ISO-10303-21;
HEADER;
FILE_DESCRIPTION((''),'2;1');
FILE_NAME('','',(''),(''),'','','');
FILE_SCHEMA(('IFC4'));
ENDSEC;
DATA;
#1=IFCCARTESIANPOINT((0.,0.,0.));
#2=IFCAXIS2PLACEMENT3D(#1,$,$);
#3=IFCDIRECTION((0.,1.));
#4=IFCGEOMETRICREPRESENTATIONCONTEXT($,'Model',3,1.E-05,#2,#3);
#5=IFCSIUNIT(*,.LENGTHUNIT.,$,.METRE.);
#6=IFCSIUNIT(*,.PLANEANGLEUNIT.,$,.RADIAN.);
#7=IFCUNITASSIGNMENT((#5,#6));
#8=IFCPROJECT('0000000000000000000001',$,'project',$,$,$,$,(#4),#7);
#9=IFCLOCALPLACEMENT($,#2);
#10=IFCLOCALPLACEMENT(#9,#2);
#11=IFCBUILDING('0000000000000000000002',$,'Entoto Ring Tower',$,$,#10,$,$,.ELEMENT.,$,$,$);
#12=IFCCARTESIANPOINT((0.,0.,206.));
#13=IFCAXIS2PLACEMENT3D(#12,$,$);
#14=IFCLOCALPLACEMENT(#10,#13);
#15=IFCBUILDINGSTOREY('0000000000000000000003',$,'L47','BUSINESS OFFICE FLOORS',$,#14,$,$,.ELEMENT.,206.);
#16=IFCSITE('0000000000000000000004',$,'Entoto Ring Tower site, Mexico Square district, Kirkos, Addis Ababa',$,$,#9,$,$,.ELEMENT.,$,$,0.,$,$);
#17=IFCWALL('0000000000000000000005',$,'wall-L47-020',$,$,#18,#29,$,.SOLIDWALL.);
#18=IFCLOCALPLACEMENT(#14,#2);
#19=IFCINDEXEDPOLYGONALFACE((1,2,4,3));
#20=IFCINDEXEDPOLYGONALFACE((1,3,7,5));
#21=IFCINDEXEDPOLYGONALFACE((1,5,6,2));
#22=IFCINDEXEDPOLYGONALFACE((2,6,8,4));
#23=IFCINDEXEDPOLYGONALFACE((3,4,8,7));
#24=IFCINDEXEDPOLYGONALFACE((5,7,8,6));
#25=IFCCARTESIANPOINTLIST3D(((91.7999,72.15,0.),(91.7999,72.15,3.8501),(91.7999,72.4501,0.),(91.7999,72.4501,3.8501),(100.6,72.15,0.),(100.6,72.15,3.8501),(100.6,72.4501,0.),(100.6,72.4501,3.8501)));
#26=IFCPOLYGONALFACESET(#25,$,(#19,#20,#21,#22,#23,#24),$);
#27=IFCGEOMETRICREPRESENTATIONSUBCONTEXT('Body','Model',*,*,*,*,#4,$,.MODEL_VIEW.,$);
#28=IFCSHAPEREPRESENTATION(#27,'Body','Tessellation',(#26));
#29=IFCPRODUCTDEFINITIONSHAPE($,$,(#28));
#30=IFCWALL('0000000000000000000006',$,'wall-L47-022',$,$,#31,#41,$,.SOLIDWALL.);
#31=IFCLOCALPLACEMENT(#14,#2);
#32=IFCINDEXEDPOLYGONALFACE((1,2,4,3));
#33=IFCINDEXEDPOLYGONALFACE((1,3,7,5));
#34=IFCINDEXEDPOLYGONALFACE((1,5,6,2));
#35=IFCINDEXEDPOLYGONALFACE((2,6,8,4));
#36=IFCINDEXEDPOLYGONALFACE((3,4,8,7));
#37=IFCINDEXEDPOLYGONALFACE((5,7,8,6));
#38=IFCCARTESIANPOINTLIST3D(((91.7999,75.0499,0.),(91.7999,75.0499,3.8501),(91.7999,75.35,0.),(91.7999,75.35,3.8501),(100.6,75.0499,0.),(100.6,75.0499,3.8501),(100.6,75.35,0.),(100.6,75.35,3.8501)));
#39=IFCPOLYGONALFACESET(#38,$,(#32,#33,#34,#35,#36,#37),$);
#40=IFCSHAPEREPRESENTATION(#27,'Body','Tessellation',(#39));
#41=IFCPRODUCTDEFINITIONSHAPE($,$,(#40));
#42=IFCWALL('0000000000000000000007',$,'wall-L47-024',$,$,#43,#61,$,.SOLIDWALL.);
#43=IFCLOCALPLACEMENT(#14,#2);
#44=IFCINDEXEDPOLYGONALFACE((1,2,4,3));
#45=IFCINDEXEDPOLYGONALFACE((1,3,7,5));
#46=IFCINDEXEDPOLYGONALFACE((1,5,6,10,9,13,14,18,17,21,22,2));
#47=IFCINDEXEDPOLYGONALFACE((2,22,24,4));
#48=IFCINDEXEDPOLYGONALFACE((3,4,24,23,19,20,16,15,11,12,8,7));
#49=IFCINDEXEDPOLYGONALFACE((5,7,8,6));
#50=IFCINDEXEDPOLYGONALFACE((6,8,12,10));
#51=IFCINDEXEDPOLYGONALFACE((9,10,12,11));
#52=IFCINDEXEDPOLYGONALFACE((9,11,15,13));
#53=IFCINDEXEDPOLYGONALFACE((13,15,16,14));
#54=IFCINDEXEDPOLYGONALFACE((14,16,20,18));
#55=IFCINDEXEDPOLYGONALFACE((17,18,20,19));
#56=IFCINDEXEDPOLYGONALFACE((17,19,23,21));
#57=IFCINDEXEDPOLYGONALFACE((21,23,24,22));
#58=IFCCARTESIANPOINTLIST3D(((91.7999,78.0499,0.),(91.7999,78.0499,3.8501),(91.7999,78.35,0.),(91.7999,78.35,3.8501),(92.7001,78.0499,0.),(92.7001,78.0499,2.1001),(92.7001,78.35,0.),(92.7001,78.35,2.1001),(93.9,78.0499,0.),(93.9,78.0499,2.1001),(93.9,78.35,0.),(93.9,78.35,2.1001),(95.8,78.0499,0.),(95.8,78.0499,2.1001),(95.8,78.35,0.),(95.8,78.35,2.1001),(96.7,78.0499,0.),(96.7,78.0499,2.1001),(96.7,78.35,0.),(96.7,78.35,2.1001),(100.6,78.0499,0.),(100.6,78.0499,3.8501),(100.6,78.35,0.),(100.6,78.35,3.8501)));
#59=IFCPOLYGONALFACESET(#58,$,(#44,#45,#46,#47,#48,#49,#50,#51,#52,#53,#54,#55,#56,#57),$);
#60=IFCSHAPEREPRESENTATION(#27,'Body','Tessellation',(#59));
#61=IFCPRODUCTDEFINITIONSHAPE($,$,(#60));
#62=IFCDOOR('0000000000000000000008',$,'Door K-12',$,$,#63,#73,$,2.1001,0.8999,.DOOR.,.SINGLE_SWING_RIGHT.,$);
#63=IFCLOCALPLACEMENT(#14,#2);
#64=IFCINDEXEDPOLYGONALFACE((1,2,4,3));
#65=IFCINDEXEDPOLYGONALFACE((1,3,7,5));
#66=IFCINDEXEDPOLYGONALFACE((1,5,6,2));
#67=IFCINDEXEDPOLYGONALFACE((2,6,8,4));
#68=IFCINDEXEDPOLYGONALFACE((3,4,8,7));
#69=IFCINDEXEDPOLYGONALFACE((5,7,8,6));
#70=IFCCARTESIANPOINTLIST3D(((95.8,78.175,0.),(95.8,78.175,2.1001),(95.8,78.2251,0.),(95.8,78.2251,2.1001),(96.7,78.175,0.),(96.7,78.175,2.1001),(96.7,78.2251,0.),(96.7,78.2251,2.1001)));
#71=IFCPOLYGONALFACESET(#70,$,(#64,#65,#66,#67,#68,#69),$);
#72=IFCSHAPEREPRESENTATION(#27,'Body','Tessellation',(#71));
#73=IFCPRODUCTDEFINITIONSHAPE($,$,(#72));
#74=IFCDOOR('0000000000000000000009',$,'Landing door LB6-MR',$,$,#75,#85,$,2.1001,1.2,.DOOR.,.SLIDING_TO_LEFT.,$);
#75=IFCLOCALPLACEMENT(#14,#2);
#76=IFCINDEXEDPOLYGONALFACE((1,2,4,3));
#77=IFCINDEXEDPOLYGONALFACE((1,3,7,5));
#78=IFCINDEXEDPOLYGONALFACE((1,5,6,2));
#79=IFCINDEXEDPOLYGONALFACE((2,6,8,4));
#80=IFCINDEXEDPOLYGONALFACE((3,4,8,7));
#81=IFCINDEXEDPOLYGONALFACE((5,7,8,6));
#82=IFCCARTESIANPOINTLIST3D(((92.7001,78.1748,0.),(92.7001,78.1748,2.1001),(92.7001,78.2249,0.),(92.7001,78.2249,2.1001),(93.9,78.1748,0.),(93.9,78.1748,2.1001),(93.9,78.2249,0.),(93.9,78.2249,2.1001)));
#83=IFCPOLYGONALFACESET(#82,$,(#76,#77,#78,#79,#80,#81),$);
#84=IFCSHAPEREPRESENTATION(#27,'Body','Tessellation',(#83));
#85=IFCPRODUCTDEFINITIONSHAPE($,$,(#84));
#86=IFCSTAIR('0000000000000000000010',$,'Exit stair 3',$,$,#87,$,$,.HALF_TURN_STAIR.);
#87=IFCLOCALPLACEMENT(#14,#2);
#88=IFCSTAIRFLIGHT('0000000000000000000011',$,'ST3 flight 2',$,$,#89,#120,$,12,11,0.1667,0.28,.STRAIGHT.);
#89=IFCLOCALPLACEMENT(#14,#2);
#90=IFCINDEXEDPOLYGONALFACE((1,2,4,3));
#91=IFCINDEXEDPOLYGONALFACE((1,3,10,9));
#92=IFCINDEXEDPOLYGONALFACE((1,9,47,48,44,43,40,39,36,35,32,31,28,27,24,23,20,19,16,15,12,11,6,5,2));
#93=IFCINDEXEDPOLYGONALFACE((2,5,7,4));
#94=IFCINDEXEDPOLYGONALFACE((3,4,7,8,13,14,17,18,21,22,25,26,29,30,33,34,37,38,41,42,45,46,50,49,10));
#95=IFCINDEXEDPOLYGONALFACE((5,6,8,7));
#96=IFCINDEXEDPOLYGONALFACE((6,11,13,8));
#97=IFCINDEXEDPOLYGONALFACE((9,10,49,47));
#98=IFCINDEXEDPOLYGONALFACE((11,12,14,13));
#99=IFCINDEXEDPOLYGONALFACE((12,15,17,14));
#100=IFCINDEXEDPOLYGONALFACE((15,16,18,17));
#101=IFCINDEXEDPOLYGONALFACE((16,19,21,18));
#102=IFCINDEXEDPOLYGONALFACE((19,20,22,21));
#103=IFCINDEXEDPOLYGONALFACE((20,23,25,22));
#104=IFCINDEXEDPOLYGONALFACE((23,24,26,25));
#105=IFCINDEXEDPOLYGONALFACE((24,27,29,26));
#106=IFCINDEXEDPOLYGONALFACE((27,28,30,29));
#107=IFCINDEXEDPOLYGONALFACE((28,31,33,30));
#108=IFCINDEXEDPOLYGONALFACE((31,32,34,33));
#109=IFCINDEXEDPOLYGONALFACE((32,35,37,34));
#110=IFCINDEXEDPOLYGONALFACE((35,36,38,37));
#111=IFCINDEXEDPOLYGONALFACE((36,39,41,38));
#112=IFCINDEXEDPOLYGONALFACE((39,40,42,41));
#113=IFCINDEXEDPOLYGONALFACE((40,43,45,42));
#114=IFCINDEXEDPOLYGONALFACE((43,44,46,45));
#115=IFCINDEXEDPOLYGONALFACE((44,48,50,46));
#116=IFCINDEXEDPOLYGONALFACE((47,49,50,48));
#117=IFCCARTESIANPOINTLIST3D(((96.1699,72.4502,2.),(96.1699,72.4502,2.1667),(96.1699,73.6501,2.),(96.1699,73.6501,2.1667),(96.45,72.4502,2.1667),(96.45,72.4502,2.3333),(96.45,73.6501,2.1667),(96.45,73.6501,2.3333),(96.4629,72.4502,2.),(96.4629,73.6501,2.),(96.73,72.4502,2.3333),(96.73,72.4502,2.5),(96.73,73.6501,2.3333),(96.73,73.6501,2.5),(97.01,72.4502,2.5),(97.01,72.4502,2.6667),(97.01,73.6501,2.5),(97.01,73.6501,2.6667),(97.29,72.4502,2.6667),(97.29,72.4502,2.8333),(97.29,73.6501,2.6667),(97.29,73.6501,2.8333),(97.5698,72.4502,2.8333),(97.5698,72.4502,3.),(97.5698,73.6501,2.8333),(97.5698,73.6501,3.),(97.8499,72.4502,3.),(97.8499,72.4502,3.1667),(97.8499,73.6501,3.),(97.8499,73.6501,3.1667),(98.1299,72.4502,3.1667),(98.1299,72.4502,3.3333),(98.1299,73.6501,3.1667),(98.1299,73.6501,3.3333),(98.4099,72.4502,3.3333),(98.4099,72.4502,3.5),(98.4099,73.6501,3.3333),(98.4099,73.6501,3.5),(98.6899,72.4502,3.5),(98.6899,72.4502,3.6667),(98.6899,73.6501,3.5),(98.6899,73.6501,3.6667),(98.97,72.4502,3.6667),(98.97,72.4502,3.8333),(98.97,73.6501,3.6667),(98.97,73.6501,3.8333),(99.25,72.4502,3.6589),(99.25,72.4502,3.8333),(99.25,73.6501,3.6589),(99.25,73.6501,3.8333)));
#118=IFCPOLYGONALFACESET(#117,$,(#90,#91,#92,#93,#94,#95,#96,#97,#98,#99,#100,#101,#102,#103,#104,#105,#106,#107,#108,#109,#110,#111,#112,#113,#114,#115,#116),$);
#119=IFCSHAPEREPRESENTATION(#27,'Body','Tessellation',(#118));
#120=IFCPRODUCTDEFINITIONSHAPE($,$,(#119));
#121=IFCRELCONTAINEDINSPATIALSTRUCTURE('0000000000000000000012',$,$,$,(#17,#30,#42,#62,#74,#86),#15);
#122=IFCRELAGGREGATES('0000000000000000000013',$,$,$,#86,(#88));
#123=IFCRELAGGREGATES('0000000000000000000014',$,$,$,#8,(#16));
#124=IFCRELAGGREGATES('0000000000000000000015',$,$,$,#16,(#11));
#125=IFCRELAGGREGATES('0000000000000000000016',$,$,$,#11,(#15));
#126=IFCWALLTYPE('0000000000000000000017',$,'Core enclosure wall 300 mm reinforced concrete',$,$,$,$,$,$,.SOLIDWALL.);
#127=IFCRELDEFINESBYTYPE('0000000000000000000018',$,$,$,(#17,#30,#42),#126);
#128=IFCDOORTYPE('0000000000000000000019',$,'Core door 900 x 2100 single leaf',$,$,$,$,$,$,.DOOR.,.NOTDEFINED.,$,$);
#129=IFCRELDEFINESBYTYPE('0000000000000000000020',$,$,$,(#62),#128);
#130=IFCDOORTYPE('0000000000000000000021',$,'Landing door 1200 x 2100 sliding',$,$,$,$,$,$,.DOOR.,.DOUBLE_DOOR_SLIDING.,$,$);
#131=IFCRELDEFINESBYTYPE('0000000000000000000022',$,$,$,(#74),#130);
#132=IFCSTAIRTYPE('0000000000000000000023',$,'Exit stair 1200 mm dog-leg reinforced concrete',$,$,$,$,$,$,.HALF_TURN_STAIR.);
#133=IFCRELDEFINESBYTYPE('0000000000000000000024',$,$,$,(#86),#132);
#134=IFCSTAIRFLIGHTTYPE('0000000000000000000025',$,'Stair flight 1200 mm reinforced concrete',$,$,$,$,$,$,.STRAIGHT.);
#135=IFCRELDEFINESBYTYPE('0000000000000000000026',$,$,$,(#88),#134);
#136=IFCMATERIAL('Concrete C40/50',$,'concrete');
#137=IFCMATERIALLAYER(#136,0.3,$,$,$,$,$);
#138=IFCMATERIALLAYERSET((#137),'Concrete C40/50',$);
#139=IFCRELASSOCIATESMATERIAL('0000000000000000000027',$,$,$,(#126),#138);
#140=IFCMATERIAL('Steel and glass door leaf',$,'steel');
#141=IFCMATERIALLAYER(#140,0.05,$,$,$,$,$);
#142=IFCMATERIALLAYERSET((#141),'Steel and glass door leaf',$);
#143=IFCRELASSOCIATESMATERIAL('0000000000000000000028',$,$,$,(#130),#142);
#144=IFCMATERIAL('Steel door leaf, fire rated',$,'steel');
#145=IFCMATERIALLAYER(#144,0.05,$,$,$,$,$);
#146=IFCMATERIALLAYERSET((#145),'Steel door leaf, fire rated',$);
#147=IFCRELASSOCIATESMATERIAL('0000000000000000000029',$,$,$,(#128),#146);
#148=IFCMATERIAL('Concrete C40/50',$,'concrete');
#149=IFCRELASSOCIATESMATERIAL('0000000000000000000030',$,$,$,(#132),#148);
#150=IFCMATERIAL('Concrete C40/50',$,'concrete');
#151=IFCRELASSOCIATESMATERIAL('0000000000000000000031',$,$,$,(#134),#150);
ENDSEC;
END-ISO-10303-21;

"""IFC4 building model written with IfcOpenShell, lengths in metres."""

from ifc_helpers import new_model, si_unit, direction, frame, frame_2d, origin, place, context, subcontext, project, spatial, polyline, rectangle, outline, extrude, material, layer, layer_set, type_object, element, fill, aggregate, save


model = new_model("IFC4")

# Units and contexts
model_context = context("Model", 3, precision=1e-05, world=origin(), true_north=direction((0.0, 1.0)))
body_context = subcontext(model_context, "Body", "Model", "MODEL_VIEW")
ifc_project = project(units=[si_unit("LENGTHUNIT", "METRE"), si_unit("PLANEANGLEUNIT", "RADIAN")], contexts=[model_context])

# Site, building, storey
site_placement = place(None, origin())
site = spatial("IfcSite", under=ifc_project, at=site_placement, Name="Entoto Ring Tower site, Mexico Square district, Kirkos, Addis Ababa", CompositionType="ELEMENT", RefElevation=0.0)
building_placement = place(site_placement, origin())
building = spatial("IfcBuilding", under=site, at=building_placement, Name="Entoto Ring Tower", CompositionType="ELEMENT")
storey_placement = place(building_placement, frame((0.0, 0.0, 206.0)))
storey = spatial("IfcBuildingStorey", under=building, at=storey_placement, Name="L47", Description="BUSINESS OFFICE FLOORS", CompositionType="ELEMENT", Elevation=206.0)

# Shared definitions
ifc_material_1 = material(Name="Concrete C40/50", Category="concrete")
ifc_layer_1 = layer(ifc_material_1, 0.3)
ifc_layer_set_1 = layer_set([ifc_layer_1], Name="Concrete C40/50")
wall_type = type_object("IfcWallType", Name="Core enclosure wall 300 mm reinforced concrete", PredefinedType="SOLIDWALL", material=ifc_layer_set_1)

# Shared definitions
ifc_material_2 = material(Name="Steel and glass door leaf", Category="steel")
ifc_layer_2 = layer(ifc_material_2, 0.05)
ifc_layer_set_2 = layer_set([ifc_layer_2], Name="Steel and glass door leaf")
door_type_1 = type_object("IfcDoorType", Name="Landing door 1200 x 2100 sliding", OperationType="DOUBLE_DOOR_SLIDING", PredefinedType="DOOR", material=ifc_layer_set_2)

# Walls
for number, where, z_axis, x_axis, name in (
    (1, (91.8, 72.3, 0.0), (0.0, 0.0, 1.0), (1.0, 0.0, 0.0), "wall-L47-020"),
    (2, (91.8, 75.2, 0.0), (0.0, 0.0, 1.0), (1.0, 0.0, 0.0), "wall-L47-022"),
):
    element("IfcWall", number, at=place(storey_placement, frame(where, z_axis=z_axis, x_axis=x_axis)), inside=storey, type_object=wall_type, Name=name, PredefinedType="SOLIDWALL", context=body_context, shape_type="SweptSolid", body=[
        extrude(rectangle(XDim=8.8, YDim=0.3, at=frame_2d((4.3999, 0.0))), origin(), (0.0, 0.0, 1.0), 3.8501),
    ])

# Wall, openings, doors
wall_1_placement = place(storey_placement, frame((91.8, 78.2, 0.0), z_axis=(0.0, 0.0, 1.0), x_axis=(1.0, 0.0, 0.0)))
wall_1 = element("IfcWall", 3, at=wall_1_placement, inside=storey, type_object=wall_type, Name="wall-L47-024", PredefinedType="SOLIDWALL", context=body_context, shape_type="SweptSolid", body=[
    extrude(rectangle(XDim=8.8, YDim=0.3, at=frame_2d((4.3999, 0.0))), origin(), (0.0, 0.0, 1.0), 3.8501),
])
opening_1_placement = place(wall_1_placement, frame((0.8999, 0.0, 0.0)))
opening_1 = element("IfcOpeningElement", 4, at=opening_1_placement, cuts=wall_1, PredefinedType="OPENING", context=body_context, shape_type="SweptSolid", body=[
    extrude(rectangle(XDim=1.2, YDim=2.1001, at=frame_2d((0.6001, 1.05))), frame((0.0, 0.1602, 0.0), z_axis=(0.0, -1.0, 0.0), x_axis=(1.0, 0.0, 0.0)), (0.0, 0.0, 1.0), 0.3201),
])
opening_2_placement = place(wall_1_placement, frame((4.0, 0.0, 0.0)))
opening_2 = element("IfcOpeningElement", 5, at=opening_2_placement, cuts=wall_1, PredefinedType="OPENING", context=body_context, shape_type="SweptSolid", body=[
    extrude(rectangle(XDim=0.8999, YDim=2.1001, at=frame_2d((0.45, 1.05))), frame((0.0, 0.1602, 0.0), z_axis=(0.0, -1.0, 0.0), x_axis=(1.0, 0.0, 0.0)), (0.0, 0.0, 1.0), 0.3201),
])
ifc_material_3 = material(Name="Steel door leaf, fire rated", Category="steel")
ifc_layer_3 = layer(ifc_material_3, 0.05)
ifc_layer_set_3 = layer_set([ifc_layer_3], Name="Steel door leaf, fire rated")
door_type_2 = type_object("IfcDoorType", Name="Core door 900 x 2100 single leaf", OperationType="NOTDEFINED", PredefinedType="DOOR", material=ifc_layer_set_3)
door_1_placement = place(opening_2_placement, frame((0.8999, 0.0, 0.0), z_axis=(0.0, 0.0, 1.0), x_axis=(-1.0, 0.0, 0.0)))
door_1 = element("IfcDoor", 6, at=door_1_placement, inside=storey, type_object=door_type_2, Name="Door K-12", OperationType="SINGLE_SWING_RIGHT", OverallHeight=2.1001, OverallWidth=0.8999, PredefinedType="DOOR", context=body_context, shape_type="SweptSolid", body=[
    extrude(rectangle(XDim=0.8999, YDim=2.1001, at=frame_2d((0.45, 1.05))), frame((0.0, 0.0249, 0.0), z_axis=(0.0, -1.0, 0.0), x_axis=(1.0, 0.0, 0.0)), (0.0, 0.0, 1.0), 0.05),
])
fill(opening_2, door_1)
door_2_placement = place(opening_1_placement, origin())
door_2 = element("IfcDoor", 7, at=door_2_placement, inside=storey, type_object=door_type_1, Name="Landing door LB6-MR", OperationType="SLIDING_TO_LEFT", OverallHeight=2.1001, OverallWidth=1.2, PredefinedType="DOOR", context=body_context, shape_type="SweptSolid", body=[
    extrude(rectangle(XDim=1.2, YDim=2.1001, at=frame_2d((0.6001, 1.05))), frame((0.0, 0.0249, 0.0), z_axis=(0.0, -1.0, 0.0), x_axis=(1.0, 0.0, 0.0)), (0.0, 0.0, 1.0), 0.05),
])
fill(opening_1, door_2)

# Stair, stair flight
ifc_material_4 = material(Name="Concrete C40/50", Category="concrete")
stair_type = type_object("IfcStairType", Name="Exit stair 1200 mm dog-leg reinforced concrete", PredefinedType="HALF_TURN_STAIR", material=ifc_material_4)
stair_placement = place(storey_placement, origin())
stair = element("IfcStair", 8, at=stair_placement, inside=storey, type_object=stair_type, Name="Exit stair 3", PredefinedType="HALF_TURN_STAIR")
ifc_material_5 = material(Name="Concrete C40/50", Category="concrete")
stair_flight_type = type_object("IfcStairFlightType", Name="Stair flight 1200 mm reinforced concrete", PredefinedType="STRAIGHT", material=ifc_material_5)
stair_flight_placement = place(storey_placement, frame((96.1699, 73.05, 2.0), z_axis=(0.0, 0.0, 1.0), x_axis=(1.0, 0.0, 0.0)))
stair_flight = element("IfcStairFlight", 9, at=stair_flight_placement, type_object=stair_flight_type, Name="ST3 flight 2", NumberOfRisers=12, NumberOfTreads=11, PredefinedType="STRAIGHT", RiserHeight=0.1667, TreadLength=0.28, context=body_context, shape_type="SweptSolid", body=[
    extrude(outline(polyline([(0.0, 0.0), (0.0, 0.1667), (0.28, 0.1667), (0.28, 0.3333), (0.5601, 0.3333), (0.5601, 0.5), (0.8401, 0.5), (0.8401, 0.6667), (1.1201, 0.6667), (1.1201, 0.8333), (1.3999, 0.8333), (1.3999, 1.0), (1.6799, 1.0), (1.6799, 1.1667), (1.96, 1.1667), (1.96, 1.3333), (2.24, 1.3333), (2.24, 1.5), (2.52, 1.5), (2.52, 1.6667), (2.8, 1.6667), (2.8, 1.8333), (3.0801, 1.8333), (3.0801, 2.0), (3.0801, 1.6589), (0.293, 0.0), (0.0, 0.0)])), frame((0.0, 0.6001, 0.0), z_axis=(0.0, -1.0, 0.0), x_axis=(1.0, 0.0, 0.0)), (0.0, 0.0, 1.0), 1.2),
])
aggregate(stair, [stair_flight])

save(model, "model.ifc")
